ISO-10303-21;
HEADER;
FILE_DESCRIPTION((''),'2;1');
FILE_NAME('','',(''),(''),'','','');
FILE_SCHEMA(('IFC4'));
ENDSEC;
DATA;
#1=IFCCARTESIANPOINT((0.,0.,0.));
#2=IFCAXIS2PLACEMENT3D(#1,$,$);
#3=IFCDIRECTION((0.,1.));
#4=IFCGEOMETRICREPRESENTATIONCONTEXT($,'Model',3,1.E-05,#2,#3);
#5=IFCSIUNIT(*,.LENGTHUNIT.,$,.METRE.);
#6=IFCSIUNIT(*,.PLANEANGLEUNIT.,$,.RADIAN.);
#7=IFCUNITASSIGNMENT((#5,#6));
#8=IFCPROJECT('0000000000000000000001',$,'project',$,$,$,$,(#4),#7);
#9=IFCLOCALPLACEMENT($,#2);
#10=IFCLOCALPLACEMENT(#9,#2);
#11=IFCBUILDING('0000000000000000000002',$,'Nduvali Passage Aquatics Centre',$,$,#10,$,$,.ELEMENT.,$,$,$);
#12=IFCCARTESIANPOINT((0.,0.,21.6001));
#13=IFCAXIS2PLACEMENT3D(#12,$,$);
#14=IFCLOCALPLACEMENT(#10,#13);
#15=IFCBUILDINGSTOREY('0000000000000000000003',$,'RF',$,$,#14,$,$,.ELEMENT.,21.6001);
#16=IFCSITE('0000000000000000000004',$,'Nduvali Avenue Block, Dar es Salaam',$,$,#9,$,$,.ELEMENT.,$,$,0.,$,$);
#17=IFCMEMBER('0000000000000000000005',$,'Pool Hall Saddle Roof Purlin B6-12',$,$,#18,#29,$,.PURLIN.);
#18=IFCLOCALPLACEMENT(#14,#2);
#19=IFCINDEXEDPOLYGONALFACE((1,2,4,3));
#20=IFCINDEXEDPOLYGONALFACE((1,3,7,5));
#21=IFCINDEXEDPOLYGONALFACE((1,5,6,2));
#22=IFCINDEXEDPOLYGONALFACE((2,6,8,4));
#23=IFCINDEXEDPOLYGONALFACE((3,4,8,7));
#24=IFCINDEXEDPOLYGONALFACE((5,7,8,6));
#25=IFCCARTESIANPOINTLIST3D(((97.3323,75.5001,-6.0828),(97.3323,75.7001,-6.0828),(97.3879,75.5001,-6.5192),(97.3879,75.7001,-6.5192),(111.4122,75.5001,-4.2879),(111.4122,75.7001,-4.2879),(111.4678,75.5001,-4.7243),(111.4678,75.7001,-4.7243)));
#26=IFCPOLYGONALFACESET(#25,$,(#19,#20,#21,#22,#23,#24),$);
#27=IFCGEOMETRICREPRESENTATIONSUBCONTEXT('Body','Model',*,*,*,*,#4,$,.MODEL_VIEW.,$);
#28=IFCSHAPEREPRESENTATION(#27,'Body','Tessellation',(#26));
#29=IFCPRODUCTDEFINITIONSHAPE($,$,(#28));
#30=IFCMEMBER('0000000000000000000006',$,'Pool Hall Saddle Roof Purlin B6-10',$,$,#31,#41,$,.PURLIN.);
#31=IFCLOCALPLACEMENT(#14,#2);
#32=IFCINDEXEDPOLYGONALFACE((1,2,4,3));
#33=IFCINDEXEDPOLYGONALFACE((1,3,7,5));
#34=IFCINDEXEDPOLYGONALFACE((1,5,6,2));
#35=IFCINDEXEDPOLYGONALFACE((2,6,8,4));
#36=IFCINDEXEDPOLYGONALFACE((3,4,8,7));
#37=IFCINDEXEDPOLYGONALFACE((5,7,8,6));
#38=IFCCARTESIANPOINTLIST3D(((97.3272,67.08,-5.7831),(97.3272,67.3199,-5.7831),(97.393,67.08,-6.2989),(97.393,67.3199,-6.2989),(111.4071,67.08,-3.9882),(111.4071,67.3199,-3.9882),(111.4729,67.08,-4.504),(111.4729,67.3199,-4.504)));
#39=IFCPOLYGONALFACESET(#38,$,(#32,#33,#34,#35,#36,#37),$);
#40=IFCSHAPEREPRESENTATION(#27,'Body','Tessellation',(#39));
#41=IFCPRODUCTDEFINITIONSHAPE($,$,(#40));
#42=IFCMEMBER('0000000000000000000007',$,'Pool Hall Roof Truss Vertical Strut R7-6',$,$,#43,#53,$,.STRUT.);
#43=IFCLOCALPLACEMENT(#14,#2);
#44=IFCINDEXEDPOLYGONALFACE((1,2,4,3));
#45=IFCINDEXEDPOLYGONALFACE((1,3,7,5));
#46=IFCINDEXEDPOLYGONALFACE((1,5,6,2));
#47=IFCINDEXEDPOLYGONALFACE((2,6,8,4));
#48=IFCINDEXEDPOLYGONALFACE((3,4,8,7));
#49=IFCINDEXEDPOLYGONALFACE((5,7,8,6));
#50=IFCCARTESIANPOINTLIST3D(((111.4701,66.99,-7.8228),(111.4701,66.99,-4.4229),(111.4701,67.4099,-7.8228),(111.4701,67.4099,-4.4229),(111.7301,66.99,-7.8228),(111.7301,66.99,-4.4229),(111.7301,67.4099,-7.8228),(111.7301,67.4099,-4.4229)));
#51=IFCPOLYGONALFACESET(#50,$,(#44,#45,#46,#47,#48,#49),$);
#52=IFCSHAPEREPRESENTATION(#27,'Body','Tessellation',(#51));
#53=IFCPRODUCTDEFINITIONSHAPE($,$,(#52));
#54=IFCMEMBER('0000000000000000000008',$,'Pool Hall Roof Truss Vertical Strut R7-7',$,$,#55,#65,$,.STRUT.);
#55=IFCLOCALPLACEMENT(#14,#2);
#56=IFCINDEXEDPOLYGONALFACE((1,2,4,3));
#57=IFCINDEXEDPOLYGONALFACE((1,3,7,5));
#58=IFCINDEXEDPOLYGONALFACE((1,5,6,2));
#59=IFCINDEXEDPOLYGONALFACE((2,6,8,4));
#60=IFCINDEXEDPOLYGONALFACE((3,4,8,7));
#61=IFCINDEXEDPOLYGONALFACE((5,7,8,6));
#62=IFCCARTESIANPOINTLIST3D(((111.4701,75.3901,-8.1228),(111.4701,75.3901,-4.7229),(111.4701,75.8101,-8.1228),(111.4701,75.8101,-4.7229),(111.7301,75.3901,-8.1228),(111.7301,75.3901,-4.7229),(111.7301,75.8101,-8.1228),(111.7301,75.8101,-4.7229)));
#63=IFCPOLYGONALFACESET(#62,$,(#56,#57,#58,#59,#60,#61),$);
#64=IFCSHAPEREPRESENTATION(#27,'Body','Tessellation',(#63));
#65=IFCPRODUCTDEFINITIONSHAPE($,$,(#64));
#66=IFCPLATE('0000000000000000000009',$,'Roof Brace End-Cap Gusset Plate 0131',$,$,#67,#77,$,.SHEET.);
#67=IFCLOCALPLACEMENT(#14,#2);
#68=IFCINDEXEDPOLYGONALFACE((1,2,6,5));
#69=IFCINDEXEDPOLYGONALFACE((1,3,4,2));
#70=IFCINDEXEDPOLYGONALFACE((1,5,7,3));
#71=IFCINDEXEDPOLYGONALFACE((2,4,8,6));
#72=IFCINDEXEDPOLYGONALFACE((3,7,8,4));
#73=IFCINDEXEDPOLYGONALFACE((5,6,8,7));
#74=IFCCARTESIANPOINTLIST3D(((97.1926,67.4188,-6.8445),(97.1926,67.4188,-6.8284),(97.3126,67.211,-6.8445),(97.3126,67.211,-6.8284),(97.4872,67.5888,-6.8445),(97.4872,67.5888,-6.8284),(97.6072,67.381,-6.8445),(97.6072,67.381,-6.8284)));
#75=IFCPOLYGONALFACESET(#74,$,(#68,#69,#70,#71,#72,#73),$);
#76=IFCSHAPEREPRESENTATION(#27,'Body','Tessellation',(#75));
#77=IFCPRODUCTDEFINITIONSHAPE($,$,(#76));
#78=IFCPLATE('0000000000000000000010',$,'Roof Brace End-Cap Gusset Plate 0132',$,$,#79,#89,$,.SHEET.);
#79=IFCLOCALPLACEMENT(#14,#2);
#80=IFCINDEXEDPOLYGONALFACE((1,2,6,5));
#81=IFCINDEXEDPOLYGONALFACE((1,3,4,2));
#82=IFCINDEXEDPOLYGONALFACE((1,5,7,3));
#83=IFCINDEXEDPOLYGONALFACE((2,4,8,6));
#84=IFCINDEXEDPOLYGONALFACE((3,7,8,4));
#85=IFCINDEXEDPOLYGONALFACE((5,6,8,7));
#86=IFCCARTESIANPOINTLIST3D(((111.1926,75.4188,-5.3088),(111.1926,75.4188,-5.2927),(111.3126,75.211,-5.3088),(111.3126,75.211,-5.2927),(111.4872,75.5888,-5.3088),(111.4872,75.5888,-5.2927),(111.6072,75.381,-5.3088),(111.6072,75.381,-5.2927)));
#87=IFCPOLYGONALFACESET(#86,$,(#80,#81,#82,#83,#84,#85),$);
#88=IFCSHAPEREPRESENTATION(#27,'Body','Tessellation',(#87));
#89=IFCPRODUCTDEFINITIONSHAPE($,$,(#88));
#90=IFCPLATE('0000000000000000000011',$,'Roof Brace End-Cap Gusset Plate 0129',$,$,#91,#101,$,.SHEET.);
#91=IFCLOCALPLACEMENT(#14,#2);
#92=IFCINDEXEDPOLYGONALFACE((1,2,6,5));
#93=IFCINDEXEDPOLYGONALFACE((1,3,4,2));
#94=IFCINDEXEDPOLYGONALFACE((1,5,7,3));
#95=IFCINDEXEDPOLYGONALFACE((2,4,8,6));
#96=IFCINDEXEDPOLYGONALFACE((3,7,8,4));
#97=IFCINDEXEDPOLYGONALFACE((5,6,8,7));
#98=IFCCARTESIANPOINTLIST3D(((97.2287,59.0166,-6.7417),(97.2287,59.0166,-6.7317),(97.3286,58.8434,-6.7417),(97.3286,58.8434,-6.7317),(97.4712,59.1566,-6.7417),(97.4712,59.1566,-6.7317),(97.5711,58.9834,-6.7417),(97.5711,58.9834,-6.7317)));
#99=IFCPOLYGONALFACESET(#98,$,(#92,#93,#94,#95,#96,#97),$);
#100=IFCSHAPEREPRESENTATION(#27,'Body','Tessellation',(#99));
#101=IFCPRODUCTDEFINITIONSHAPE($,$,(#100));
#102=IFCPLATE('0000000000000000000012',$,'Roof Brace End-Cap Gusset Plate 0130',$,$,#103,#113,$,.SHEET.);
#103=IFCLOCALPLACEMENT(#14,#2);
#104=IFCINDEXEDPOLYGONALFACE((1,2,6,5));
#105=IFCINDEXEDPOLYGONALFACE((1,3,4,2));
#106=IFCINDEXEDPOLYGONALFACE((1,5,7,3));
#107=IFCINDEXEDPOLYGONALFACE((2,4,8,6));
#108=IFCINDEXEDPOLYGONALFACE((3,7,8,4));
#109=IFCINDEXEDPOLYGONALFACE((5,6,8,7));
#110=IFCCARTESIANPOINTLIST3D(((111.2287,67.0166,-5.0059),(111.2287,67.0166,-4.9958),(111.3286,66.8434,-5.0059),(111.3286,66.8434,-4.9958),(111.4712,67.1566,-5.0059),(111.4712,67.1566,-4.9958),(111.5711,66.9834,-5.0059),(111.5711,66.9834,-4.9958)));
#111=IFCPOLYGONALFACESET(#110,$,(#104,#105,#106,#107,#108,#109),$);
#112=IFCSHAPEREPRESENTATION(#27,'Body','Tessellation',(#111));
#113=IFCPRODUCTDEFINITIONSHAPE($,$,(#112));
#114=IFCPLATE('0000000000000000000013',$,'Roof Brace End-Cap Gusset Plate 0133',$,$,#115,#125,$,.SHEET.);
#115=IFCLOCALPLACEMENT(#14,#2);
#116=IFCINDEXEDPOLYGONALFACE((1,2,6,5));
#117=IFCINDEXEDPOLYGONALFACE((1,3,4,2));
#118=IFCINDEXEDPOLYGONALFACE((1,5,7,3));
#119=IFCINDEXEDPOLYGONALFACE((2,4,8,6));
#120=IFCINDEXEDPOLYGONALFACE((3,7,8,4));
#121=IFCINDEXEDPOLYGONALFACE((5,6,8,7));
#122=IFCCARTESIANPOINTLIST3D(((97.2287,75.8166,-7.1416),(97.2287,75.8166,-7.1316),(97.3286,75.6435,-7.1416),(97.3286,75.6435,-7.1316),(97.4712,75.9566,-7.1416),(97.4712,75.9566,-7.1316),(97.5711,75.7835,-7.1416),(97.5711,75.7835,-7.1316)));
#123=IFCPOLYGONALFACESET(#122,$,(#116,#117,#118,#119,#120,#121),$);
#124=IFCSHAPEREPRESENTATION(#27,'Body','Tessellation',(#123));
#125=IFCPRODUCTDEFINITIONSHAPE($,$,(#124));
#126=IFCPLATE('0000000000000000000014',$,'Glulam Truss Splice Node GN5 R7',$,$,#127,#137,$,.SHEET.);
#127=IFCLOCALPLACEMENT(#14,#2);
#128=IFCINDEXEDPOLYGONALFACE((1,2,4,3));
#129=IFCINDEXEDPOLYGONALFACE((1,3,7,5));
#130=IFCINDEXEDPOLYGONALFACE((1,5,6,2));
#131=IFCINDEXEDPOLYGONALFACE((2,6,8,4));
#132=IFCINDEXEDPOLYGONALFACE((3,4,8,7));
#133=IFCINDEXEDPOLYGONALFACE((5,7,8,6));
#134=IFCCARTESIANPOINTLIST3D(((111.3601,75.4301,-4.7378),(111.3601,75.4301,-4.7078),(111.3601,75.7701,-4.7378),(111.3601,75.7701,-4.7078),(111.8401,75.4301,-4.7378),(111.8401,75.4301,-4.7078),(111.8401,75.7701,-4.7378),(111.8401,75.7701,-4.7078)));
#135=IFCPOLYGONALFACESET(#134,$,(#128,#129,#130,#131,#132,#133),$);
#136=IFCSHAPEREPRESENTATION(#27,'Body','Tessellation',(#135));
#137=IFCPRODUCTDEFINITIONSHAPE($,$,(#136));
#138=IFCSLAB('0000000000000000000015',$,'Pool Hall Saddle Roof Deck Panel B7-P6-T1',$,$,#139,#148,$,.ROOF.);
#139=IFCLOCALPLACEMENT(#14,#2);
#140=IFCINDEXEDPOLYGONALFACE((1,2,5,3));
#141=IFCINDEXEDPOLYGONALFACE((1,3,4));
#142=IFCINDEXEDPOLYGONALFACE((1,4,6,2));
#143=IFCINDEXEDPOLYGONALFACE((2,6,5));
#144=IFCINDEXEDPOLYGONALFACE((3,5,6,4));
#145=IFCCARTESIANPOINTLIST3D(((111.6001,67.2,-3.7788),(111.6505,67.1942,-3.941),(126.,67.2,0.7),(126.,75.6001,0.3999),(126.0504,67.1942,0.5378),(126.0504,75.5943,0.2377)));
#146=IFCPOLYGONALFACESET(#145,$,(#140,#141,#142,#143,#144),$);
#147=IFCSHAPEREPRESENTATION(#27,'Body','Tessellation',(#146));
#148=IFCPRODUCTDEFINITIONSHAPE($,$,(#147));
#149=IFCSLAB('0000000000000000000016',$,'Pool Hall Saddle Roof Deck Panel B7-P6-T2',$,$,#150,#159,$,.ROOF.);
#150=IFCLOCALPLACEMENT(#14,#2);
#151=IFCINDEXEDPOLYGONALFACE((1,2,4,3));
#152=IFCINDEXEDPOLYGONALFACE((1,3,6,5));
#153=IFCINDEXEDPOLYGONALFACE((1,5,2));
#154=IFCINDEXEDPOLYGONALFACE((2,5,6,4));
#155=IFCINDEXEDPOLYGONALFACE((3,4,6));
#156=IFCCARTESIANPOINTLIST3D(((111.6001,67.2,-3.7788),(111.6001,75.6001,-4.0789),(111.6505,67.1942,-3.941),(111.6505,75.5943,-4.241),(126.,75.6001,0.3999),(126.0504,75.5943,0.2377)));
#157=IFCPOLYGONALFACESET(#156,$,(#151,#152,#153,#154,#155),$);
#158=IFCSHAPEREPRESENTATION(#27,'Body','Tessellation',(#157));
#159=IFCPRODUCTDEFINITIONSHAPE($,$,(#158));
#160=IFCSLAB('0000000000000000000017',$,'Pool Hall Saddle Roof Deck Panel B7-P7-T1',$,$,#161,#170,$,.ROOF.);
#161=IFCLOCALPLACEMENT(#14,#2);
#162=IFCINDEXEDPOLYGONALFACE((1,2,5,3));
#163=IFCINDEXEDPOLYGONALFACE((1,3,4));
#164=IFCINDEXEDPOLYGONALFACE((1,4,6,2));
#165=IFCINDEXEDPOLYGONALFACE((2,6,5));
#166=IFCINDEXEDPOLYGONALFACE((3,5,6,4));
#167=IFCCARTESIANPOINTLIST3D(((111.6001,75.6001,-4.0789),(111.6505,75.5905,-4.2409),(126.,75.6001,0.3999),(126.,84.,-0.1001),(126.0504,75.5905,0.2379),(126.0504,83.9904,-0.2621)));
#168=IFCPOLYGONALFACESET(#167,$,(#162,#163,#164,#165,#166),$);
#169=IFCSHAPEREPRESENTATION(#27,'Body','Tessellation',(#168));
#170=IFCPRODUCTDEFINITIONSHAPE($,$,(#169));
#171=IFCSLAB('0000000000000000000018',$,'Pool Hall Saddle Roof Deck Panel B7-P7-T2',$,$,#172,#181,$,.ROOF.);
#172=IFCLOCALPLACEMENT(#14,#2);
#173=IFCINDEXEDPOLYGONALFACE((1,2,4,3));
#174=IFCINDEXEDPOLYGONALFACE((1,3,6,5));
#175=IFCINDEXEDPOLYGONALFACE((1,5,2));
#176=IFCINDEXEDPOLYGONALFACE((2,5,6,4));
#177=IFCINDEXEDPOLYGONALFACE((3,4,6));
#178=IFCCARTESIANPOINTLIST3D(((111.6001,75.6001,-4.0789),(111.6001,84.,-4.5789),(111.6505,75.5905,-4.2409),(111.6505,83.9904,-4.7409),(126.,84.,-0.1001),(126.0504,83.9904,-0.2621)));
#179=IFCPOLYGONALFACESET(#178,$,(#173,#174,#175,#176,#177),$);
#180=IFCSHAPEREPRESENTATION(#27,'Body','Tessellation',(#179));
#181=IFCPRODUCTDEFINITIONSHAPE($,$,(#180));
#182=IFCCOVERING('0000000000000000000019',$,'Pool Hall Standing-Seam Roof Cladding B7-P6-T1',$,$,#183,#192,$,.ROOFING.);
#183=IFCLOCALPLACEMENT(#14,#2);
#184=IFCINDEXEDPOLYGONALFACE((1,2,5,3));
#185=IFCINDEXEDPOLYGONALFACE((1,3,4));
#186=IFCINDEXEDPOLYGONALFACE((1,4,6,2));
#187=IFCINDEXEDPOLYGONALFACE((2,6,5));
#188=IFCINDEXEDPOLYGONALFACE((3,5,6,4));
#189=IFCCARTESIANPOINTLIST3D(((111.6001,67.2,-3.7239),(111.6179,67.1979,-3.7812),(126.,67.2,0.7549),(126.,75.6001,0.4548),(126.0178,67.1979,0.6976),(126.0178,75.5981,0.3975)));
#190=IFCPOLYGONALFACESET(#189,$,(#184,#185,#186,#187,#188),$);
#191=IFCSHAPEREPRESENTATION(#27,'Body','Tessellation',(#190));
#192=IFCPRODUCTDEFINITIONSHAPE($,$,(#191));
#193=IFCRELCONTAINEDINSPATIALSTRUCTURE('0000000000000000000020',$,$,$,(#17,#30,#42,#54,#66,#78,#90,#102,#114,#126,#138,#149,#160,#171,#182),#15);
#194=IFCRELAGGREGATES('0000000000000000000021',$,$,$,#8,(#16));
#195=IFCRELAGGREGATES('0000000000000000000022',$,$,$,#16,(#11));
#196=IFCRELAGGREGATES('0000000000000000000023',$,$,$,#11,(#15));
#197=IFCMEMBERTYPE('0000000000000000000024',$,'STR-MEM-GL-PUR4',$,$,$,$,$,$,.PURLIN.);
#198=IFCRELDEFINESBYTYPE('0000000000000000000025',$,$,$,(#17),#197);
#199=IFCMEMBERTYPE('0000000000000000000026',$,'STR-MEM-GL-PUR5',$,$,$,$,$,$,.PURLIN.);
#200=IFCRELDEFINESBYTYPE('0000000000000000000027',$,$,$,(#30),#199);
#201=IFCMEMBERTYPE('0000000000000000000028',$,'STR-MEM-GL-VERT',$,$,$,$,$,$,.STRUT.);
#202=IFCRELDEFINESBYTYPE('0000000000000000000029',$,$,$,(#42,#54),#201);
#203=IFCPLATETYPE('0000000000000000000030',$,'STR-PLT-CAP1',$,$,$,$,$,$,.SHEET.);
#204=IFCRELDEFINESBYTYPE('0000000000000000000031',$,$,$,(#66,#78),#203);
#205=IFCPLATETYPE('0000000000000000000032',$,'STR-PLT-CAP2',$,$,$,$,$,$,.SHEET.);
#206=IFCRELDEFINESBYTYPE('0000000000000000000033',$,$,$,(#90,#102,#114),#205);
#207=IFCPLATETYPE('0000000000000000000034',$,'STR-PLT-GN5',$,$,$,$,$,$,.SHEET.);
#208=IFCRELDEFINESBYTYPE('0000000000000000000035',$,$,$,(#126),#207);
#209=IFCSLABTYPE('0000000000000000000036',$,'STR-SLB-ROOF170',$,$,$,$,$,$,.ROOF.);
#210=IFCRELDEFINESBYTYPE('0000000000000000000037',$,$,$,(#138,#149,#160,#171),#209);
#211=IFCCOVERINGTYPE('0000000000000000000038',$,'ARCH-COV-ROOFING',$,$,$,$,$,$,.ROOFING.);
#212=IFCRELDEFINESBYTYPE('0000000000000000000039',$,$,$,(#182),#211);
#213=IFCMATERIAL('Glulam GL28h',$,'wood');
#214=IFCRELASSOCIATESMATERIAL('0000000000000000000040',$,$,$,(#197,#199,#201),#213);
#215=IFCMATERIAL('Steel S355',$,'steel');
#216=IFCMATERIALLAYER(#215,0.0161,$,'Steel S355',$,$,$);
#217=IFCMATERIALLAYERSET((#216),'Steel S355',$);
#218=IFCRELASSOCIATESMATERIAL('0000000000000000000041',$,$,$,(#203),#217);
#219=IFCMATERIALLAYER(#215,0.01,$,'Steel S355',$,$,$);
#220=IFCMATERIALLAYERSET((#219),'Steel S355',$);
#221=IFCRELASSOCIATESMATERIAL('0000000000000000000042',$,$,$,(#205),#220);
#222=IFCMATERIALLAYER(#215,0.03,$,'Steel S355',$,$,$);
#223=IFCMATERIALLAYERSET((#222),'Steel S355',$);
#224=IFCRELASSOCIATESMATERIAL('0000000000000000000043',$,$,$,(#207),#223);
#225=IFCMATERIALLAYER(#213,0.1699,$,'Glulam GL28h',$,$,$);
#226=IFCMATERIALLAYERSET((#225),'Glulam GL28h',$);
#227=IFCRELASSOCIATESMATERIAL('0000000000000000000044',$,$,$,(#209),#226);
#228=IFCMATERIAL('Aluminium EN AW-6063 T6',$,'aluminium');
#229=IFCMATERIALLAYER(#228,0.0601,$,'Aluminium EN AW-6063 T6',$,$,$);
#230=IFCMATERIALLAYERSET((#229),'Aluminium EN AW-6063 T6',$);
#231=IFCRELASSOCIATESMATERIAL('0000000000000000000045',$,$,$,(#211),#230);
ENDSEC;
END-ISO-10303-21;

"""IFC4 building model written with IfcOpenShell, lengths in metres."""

from ifc_helpers import new_model, si_unit, direction, frame, origin, origin_2d, place, context, subcontext, project, spatial, polyline, rectangle, outline, extrude, material, layer, layer_set, material_profile, profile_set, type_object, element, save


model = new_model("IFC4")

# Units and contexts
model_context = context("Model", 3, precision=1e-05, world=origin(), true_north=direction((0.0, 1.0)))
body_context = subcontext(model_context, "Body", "Model", "MODEL_VIEW")
ifc_project = project(units=[si_unit("LENGTHUNIT", "METRE"), si_unit("PLANEANGLEUNIT", "RADIAN")], contexts=[model_context])

# Site, building, storey
site_placement = place(None, origin())
site = spatial("IfcSite", under=ifc_project, at=site_placement, Name="Nduvali Avenue Block, Dar es Salaam", CompositionType="ELEMENT", RefElevation=0.0)
building_placement = place(site_placement, origin())
building = spatial("IfcBuilding", under=site, at=building_placement, Name="Nduvali Passage Aquatics Centre", CompositionType="ELEMENT")
storey_placement = place(building_placement, frame((0.0, 0.0, 21.6001)))
storey = spatial("IfcBuildingStorey", under=building, at=storey_placement, Name="RF", CompositionType="ELEMENT", Elevation=21.6001)

# Members
ifc_material_1 = material(Name="Steel S355", Category="steel")
ifc_material_2 = material(Name="Glulam GL28h", Category="wood")
ifc_material_profile_1 = material_profile(ifc_material_2, rectangle(XDim=0.2, YDim=0.4399, at=origin_2d()), Name="GL28h 200x440")
ifc_profile_set_1 = profile_set([ifc_material_profile_1], Name="Glulam GL28h")
member_type_1 = type_object("IfcMemberType", Name="STR-MEM-GL-PUR4", PredefinedType="PURLIN", material=ifc_profile_set_1)
member_1_placement = place(storey_placement, frame((97.3601, 75.6001, -6.301), z_axis=(0.991972, 0.0, 0.126458), x_axis=(0.0, 1.0, 0.0)))
element("IfcMember", 1, at=member_1_placement, inside=storey, type_object=member_type_1, Name="Pool Hall Saddle Roof Purlin B6-12", PredefinedType="PURLIN", context=body_context, shape_type="SweptSolid", body=[
    extrude(rectangle(XDim=0.2, YDim=0.4399, at=origin_2d()), origin(), (0.0, 0.0, 1.0), 14.1938),
])
ifc_material_profile_2 = material_profile(ifc_material_2, rectangle(XDim=0.24, YDim=0.52, at=origin_2d()), Name="GL28h 240x520")
ifc_profile_set_2 = profile_set([ifc_material_profile_2], Name="Glulam GL28h")
member_type_2 = type_object("IfcMemberType", Name="STR-MEM-GL-PUR5", PredefinedType="PURLIN", material=ifc_profile_set_2)
member_2_placement = place(storey_placement, frame((97.3601, 67.2, -6.041), z_axis=(0.991972, 0.0, 0.126458), x_axis=(0.0, 1.0, 0.0)))
element("IfcMember", 2, at=member_2_placement, inside=storey, type_object=member_type_2, Name="Pool Hall Saddle Roof Purlin B6-10", PredefinedType="PURLIN", context=body_context, shape_type="SweptSolid", body=[
    extrude(rectangle(XDim=0.24, YDim=0.52, at=origin_2d()), origin(), (0.0, 0.0, 1.0), 14.1938),
])
ifc_material_profile_3 = material_profile(ifc_material_2, rectangle(XDim=0.26, YDim=0.4199, at=origin_2d()), Name="GL28h 260x420")
ifc_profile_set_3 = profile_set([ifc_material_profile_3], Name="Glulam GL28h")
member_type_3 = type_object("IfcMemberType", Name="STR-MEM-GL-VERT", PredefinedType="STRUT", material=ifc_profile_set_3)
for number, where, z_axis, x_axis, name in (
    (3, (111.6001, 67.2, -7.8228), (0.0, 0.0, 1.0), (1.0, 0.0, 0.0), "Pool Hall Roof Truss Vertical Strut R7-6"),
    (4, (111.6001, 75.6001, -8.1228), (0.0, 0.0, 1.0), (1.0, 0.0, 0.0), "Pool Hall Roof Truss Vertical Strut R7-7"),
):
    element("IfcMember", number, at=place(storey_placement, frame(where, z_axis=z_axis, x_axis=x_axis)), inside=storey, type_object=member_type_3, Name=name, PredefinedType="STRUT", context=body_context, shape_type="SweptSolid", body=[
        extrude(rectangle(XDim=0.26, YDim=0.4199, at=origin_2d()), origin(), (0.0, 0.0, 1.0), 3.3999),
    ])

# Plates
ifc_layer_1 = layer(ifc_material_1, 0.0161, Name="Steel S355")
ifc_layer_set_1 = layer_set([ifc_layer_1], Name="Steel S355")
plate_type_1 = type_object("IfcPlateType", Name="STR-PLT-CAP1", PredefinedType="SHEET", material=ifc_layer_set_1)
for number, where, z_axis, x_axis, name in (
    (5, (97.3999, 67.3999, -6.8445), (0.0, 0.0, 1.0), (0.866025, 0.5, 0.0), "Roof Brace End-Cap Gusset Plate 0131"),
    (6, (111.3999, 75.3999, -5.3088), (0.0, 0.0, 1.0), (0.866025, 0.5, 0.0), "Roof Brace End-Cap Gusset Plate 0132"),
):
    element("IfcPlate", number, at=place(storey_placement, frame(where, z_axis=z_axis, x_axis=x_axis)), inside=storey, type_object=plate_type_1, Name=name, PredefinedType="SHEET", context=body_context, shape_type="SweptSolid", body=[
        extrude(rectangle(XDim=0.3401, YDim=0.24, at=origin_2d()), origin(), (0.0, 0.0, 1.0), 0.0161),
    ])
ifc_layer_2 = layer(ifc_material_1, 0.01, Name="Steel S355")
ifc_layer_set_2 = layer_set([ifc_layer_2], Name="Steel S355")
plate_type_2 = type_object("IfcPlateType", Name="STR-PLT-CAP2", PredefinedType="SHEET", material=ifc_layer_set_2)
for number, where, z_axis, x_axis, name in (
    (7, (97.3999, 59.0, -6.7417), (0.0, 0.0, 1.0), (0.866025, 0.5, 0.0), "Roof Brace End-Cap Gusset Plate 0129"),
    (8, (111.3999, 67.0, -5.0059), (0.0, 0.0, 1.0), (0.866025, 0.5, 0.0), "Roof Brace End-Cap Gusset Plate 0130"),
    (9, (97.3999, 75.8, -7.1416), (0.0, 0.0, 1.0), (0.866025, 0.5, 0.0), "Roof Brace End-Cap Gusset Plate 0133"),
):
    element("IfcPlate", number, at=place(storey_placement, frame(where, z_axis=z_axis, x_axis=x_axis)), inside=storey, type_object=plate_type_2, Name=name, PredefinedType="SHEET", context=body_context, shape_type="SweptSolid", body=[
        extrude(rectangle(XDim=0.28, YDim=0.2, at=origin_2d()), origin(), (0.0, 0.0, 1.0), 0.01),
    ])
ifc_layer_3 = layer(ifc_material_1, 0.03, Name="Steel S355")
ifc_layer_set_3 = layer_set([ifc_layer_3], Name="Steel S355")
plate_type_3 = type_object("IfcPlateType", Name="STR-PLT-GN5", PredefinedType="SHEET", material=ifc_layer_set_3)
plate_placement = place(storey_placement, frame((111.6001, 75.6001, -4.7378), z_axis=(0.0, 0.0, 1.0), x_axis=(1.0, 0.0, 0.0)))
element("IfcPlate", 10, at=plate_placement, inside=storey, type_object=plate_type_3, Name="Glulam Truss Splice Node GN5 R7", PredefinedType="SHEET", context=body_context, shape_type="SweptSolid", body=[
    extrude(rectangle(XDim=0.48, YDim=0.3401, at=origin_2d()), origin(), (0.0, 0.0, 1.0), 0.03),
])

# Slabs
ifc_layer_4 = layer(ifc_material_2, 0.1699, Name="Glulam GL28h")
ifc_layer_set_4 = layer_set([ifc_layer_4], Name="Glulam GL28h")
slab_type = type_object("IfcSlabType", Name="STR-SLB-ROOF170", PredefinedType="ROOF", material=ifc_layer_set_4)
slab_1_placement = place(storey_placement, frame((111.6001, 67.2, -3.7788), z_axis=(-0.296821, 0.034088, 0.954325), x_axis=(0.95488, 0.0, 0.296993)))
element("IfcSlab", 11, at=slab_1_placement, inside=storey, type_object=slab_type, Name="Pool Hall Saddle Roof Deck Panel B7-P6-T1", PredefinedType="ROOF", context=body_context, shape_type="SweptSolid", body=[
    extrude(outline(polyline([(0.0, 0.0), (15.0803, 0.0), (14.9912, 8.405), (0.0, 0.0)])), origin(), (0.0, 0.0, -1.0), 0.1699),
])
slab_2_placement = place(storey_placement, frame((111.6001, 67.2, -3.7788), z_axis=(-0.296821, 0.034088, 0.954325), x_axis=(0.837853, 0.48876, 0.243137)))
element("IfcSlab", 12, at=slab_2_placement, inside=storey, type_object=slab_type, Name="Pool Hall Saddle Roof Deck Panel B7-P6-T2", PredefinedType="ROOF", context=body_context, shape_type="SweptSolid", body=[
    extrude(outline(polyline([(0.0, 0.0), (17.1867, 0.0), (4.0327, 7.3749), (0.0, 0.0)])), origin(), (0.0, 0.0, -1.0), 0.1699),
])
slab_3_placement = place(storey_placement, frame((111.6001, 75.6001, -4.0789), z_axis=(-0.296515, 0.056747, 0.953341), x_axis=(0.95488, 0.0, 0.296993)))
element("IfcSlab", 13, at=slab_3_placement, inside=storey, type_object=slab_type, Name="Pool Hall Saddle Roof Deck Panel B7-P7-T1", PredefinedType="ROOF", context=body_context, shape_type="SweptSolid", body=[
    extrude(outline(polyline([(0.0, 0.0), (15.0803, 0.0), (14.9318, 8.4135), (0.0, 0.0)])), origin(), (0.0, 0.0, -1.0), 0.1699),
])
slab_4_placement = place(storey_placement, frame((111.6001, 75.6001, -4.0789), z_axis=(-0.296515, 0.056747, 0.953341), x_axis=(0.840182, 0.490104, 0.232146)))
element("IfcSlab", 14, at=slab_4_placement, inside=storey, type_object=slab_type, Name="Pool Hall Saddle Roof Deck Panel B7-P7-T2", PredefinedType="ROOF", context=body_context, shape_type="SweptSolid", body=[
    extrude(outline(polyline([(0.0, 0.0), (17.139, 0.0), (4.0008, 7.4029), (0.0, 0.0)])), origin(), (0.0, 0.0, -1.0), 0.1699),
])

# Covering
ifc_material_3 = material(Name="Aluminium EN AW-6063 T6", Category="aluminium")
ifc_layer_5 = layer(ifc_material_3, 0.0601, Name="Aluminium EN AW-6063 T6")
ifc_layer_set_5 = layer_set([ifc_layer_5], Name="Aluminium EN AW-6063 T6")
covering_type = type_object("IfcCoveringType", Name="ARCH-COV-ROOFING", PredefinedType="ROOFING", material=ifc_layer_set_5)
covering_1_placement = place(storey_placement, frame((111.6001, 67.2, -3.7239), z_axis=(-0.296821, 0.034088, 0.954325), x_axis=(0.95488, 0.0, 0.296993)))
element("IfcCovering", 15, at=covering_1_placement, inside=storey, type_object=covering_type, Name="Pool Hall Standing-Seam Roof Cladding B7-P6-T1", PredefinedType="ROOFING", context=body_context, shape_type="SweptSolid", body=[
    extrude(outline(polyline([(0.0, 0.0), (15.0803, 0.0), (14.9912, 8.405), (0.0, 0.0)])), origin(), (0.0, 0.0, -1.0), 0.0601),
])

save(model, "model.ifc")
